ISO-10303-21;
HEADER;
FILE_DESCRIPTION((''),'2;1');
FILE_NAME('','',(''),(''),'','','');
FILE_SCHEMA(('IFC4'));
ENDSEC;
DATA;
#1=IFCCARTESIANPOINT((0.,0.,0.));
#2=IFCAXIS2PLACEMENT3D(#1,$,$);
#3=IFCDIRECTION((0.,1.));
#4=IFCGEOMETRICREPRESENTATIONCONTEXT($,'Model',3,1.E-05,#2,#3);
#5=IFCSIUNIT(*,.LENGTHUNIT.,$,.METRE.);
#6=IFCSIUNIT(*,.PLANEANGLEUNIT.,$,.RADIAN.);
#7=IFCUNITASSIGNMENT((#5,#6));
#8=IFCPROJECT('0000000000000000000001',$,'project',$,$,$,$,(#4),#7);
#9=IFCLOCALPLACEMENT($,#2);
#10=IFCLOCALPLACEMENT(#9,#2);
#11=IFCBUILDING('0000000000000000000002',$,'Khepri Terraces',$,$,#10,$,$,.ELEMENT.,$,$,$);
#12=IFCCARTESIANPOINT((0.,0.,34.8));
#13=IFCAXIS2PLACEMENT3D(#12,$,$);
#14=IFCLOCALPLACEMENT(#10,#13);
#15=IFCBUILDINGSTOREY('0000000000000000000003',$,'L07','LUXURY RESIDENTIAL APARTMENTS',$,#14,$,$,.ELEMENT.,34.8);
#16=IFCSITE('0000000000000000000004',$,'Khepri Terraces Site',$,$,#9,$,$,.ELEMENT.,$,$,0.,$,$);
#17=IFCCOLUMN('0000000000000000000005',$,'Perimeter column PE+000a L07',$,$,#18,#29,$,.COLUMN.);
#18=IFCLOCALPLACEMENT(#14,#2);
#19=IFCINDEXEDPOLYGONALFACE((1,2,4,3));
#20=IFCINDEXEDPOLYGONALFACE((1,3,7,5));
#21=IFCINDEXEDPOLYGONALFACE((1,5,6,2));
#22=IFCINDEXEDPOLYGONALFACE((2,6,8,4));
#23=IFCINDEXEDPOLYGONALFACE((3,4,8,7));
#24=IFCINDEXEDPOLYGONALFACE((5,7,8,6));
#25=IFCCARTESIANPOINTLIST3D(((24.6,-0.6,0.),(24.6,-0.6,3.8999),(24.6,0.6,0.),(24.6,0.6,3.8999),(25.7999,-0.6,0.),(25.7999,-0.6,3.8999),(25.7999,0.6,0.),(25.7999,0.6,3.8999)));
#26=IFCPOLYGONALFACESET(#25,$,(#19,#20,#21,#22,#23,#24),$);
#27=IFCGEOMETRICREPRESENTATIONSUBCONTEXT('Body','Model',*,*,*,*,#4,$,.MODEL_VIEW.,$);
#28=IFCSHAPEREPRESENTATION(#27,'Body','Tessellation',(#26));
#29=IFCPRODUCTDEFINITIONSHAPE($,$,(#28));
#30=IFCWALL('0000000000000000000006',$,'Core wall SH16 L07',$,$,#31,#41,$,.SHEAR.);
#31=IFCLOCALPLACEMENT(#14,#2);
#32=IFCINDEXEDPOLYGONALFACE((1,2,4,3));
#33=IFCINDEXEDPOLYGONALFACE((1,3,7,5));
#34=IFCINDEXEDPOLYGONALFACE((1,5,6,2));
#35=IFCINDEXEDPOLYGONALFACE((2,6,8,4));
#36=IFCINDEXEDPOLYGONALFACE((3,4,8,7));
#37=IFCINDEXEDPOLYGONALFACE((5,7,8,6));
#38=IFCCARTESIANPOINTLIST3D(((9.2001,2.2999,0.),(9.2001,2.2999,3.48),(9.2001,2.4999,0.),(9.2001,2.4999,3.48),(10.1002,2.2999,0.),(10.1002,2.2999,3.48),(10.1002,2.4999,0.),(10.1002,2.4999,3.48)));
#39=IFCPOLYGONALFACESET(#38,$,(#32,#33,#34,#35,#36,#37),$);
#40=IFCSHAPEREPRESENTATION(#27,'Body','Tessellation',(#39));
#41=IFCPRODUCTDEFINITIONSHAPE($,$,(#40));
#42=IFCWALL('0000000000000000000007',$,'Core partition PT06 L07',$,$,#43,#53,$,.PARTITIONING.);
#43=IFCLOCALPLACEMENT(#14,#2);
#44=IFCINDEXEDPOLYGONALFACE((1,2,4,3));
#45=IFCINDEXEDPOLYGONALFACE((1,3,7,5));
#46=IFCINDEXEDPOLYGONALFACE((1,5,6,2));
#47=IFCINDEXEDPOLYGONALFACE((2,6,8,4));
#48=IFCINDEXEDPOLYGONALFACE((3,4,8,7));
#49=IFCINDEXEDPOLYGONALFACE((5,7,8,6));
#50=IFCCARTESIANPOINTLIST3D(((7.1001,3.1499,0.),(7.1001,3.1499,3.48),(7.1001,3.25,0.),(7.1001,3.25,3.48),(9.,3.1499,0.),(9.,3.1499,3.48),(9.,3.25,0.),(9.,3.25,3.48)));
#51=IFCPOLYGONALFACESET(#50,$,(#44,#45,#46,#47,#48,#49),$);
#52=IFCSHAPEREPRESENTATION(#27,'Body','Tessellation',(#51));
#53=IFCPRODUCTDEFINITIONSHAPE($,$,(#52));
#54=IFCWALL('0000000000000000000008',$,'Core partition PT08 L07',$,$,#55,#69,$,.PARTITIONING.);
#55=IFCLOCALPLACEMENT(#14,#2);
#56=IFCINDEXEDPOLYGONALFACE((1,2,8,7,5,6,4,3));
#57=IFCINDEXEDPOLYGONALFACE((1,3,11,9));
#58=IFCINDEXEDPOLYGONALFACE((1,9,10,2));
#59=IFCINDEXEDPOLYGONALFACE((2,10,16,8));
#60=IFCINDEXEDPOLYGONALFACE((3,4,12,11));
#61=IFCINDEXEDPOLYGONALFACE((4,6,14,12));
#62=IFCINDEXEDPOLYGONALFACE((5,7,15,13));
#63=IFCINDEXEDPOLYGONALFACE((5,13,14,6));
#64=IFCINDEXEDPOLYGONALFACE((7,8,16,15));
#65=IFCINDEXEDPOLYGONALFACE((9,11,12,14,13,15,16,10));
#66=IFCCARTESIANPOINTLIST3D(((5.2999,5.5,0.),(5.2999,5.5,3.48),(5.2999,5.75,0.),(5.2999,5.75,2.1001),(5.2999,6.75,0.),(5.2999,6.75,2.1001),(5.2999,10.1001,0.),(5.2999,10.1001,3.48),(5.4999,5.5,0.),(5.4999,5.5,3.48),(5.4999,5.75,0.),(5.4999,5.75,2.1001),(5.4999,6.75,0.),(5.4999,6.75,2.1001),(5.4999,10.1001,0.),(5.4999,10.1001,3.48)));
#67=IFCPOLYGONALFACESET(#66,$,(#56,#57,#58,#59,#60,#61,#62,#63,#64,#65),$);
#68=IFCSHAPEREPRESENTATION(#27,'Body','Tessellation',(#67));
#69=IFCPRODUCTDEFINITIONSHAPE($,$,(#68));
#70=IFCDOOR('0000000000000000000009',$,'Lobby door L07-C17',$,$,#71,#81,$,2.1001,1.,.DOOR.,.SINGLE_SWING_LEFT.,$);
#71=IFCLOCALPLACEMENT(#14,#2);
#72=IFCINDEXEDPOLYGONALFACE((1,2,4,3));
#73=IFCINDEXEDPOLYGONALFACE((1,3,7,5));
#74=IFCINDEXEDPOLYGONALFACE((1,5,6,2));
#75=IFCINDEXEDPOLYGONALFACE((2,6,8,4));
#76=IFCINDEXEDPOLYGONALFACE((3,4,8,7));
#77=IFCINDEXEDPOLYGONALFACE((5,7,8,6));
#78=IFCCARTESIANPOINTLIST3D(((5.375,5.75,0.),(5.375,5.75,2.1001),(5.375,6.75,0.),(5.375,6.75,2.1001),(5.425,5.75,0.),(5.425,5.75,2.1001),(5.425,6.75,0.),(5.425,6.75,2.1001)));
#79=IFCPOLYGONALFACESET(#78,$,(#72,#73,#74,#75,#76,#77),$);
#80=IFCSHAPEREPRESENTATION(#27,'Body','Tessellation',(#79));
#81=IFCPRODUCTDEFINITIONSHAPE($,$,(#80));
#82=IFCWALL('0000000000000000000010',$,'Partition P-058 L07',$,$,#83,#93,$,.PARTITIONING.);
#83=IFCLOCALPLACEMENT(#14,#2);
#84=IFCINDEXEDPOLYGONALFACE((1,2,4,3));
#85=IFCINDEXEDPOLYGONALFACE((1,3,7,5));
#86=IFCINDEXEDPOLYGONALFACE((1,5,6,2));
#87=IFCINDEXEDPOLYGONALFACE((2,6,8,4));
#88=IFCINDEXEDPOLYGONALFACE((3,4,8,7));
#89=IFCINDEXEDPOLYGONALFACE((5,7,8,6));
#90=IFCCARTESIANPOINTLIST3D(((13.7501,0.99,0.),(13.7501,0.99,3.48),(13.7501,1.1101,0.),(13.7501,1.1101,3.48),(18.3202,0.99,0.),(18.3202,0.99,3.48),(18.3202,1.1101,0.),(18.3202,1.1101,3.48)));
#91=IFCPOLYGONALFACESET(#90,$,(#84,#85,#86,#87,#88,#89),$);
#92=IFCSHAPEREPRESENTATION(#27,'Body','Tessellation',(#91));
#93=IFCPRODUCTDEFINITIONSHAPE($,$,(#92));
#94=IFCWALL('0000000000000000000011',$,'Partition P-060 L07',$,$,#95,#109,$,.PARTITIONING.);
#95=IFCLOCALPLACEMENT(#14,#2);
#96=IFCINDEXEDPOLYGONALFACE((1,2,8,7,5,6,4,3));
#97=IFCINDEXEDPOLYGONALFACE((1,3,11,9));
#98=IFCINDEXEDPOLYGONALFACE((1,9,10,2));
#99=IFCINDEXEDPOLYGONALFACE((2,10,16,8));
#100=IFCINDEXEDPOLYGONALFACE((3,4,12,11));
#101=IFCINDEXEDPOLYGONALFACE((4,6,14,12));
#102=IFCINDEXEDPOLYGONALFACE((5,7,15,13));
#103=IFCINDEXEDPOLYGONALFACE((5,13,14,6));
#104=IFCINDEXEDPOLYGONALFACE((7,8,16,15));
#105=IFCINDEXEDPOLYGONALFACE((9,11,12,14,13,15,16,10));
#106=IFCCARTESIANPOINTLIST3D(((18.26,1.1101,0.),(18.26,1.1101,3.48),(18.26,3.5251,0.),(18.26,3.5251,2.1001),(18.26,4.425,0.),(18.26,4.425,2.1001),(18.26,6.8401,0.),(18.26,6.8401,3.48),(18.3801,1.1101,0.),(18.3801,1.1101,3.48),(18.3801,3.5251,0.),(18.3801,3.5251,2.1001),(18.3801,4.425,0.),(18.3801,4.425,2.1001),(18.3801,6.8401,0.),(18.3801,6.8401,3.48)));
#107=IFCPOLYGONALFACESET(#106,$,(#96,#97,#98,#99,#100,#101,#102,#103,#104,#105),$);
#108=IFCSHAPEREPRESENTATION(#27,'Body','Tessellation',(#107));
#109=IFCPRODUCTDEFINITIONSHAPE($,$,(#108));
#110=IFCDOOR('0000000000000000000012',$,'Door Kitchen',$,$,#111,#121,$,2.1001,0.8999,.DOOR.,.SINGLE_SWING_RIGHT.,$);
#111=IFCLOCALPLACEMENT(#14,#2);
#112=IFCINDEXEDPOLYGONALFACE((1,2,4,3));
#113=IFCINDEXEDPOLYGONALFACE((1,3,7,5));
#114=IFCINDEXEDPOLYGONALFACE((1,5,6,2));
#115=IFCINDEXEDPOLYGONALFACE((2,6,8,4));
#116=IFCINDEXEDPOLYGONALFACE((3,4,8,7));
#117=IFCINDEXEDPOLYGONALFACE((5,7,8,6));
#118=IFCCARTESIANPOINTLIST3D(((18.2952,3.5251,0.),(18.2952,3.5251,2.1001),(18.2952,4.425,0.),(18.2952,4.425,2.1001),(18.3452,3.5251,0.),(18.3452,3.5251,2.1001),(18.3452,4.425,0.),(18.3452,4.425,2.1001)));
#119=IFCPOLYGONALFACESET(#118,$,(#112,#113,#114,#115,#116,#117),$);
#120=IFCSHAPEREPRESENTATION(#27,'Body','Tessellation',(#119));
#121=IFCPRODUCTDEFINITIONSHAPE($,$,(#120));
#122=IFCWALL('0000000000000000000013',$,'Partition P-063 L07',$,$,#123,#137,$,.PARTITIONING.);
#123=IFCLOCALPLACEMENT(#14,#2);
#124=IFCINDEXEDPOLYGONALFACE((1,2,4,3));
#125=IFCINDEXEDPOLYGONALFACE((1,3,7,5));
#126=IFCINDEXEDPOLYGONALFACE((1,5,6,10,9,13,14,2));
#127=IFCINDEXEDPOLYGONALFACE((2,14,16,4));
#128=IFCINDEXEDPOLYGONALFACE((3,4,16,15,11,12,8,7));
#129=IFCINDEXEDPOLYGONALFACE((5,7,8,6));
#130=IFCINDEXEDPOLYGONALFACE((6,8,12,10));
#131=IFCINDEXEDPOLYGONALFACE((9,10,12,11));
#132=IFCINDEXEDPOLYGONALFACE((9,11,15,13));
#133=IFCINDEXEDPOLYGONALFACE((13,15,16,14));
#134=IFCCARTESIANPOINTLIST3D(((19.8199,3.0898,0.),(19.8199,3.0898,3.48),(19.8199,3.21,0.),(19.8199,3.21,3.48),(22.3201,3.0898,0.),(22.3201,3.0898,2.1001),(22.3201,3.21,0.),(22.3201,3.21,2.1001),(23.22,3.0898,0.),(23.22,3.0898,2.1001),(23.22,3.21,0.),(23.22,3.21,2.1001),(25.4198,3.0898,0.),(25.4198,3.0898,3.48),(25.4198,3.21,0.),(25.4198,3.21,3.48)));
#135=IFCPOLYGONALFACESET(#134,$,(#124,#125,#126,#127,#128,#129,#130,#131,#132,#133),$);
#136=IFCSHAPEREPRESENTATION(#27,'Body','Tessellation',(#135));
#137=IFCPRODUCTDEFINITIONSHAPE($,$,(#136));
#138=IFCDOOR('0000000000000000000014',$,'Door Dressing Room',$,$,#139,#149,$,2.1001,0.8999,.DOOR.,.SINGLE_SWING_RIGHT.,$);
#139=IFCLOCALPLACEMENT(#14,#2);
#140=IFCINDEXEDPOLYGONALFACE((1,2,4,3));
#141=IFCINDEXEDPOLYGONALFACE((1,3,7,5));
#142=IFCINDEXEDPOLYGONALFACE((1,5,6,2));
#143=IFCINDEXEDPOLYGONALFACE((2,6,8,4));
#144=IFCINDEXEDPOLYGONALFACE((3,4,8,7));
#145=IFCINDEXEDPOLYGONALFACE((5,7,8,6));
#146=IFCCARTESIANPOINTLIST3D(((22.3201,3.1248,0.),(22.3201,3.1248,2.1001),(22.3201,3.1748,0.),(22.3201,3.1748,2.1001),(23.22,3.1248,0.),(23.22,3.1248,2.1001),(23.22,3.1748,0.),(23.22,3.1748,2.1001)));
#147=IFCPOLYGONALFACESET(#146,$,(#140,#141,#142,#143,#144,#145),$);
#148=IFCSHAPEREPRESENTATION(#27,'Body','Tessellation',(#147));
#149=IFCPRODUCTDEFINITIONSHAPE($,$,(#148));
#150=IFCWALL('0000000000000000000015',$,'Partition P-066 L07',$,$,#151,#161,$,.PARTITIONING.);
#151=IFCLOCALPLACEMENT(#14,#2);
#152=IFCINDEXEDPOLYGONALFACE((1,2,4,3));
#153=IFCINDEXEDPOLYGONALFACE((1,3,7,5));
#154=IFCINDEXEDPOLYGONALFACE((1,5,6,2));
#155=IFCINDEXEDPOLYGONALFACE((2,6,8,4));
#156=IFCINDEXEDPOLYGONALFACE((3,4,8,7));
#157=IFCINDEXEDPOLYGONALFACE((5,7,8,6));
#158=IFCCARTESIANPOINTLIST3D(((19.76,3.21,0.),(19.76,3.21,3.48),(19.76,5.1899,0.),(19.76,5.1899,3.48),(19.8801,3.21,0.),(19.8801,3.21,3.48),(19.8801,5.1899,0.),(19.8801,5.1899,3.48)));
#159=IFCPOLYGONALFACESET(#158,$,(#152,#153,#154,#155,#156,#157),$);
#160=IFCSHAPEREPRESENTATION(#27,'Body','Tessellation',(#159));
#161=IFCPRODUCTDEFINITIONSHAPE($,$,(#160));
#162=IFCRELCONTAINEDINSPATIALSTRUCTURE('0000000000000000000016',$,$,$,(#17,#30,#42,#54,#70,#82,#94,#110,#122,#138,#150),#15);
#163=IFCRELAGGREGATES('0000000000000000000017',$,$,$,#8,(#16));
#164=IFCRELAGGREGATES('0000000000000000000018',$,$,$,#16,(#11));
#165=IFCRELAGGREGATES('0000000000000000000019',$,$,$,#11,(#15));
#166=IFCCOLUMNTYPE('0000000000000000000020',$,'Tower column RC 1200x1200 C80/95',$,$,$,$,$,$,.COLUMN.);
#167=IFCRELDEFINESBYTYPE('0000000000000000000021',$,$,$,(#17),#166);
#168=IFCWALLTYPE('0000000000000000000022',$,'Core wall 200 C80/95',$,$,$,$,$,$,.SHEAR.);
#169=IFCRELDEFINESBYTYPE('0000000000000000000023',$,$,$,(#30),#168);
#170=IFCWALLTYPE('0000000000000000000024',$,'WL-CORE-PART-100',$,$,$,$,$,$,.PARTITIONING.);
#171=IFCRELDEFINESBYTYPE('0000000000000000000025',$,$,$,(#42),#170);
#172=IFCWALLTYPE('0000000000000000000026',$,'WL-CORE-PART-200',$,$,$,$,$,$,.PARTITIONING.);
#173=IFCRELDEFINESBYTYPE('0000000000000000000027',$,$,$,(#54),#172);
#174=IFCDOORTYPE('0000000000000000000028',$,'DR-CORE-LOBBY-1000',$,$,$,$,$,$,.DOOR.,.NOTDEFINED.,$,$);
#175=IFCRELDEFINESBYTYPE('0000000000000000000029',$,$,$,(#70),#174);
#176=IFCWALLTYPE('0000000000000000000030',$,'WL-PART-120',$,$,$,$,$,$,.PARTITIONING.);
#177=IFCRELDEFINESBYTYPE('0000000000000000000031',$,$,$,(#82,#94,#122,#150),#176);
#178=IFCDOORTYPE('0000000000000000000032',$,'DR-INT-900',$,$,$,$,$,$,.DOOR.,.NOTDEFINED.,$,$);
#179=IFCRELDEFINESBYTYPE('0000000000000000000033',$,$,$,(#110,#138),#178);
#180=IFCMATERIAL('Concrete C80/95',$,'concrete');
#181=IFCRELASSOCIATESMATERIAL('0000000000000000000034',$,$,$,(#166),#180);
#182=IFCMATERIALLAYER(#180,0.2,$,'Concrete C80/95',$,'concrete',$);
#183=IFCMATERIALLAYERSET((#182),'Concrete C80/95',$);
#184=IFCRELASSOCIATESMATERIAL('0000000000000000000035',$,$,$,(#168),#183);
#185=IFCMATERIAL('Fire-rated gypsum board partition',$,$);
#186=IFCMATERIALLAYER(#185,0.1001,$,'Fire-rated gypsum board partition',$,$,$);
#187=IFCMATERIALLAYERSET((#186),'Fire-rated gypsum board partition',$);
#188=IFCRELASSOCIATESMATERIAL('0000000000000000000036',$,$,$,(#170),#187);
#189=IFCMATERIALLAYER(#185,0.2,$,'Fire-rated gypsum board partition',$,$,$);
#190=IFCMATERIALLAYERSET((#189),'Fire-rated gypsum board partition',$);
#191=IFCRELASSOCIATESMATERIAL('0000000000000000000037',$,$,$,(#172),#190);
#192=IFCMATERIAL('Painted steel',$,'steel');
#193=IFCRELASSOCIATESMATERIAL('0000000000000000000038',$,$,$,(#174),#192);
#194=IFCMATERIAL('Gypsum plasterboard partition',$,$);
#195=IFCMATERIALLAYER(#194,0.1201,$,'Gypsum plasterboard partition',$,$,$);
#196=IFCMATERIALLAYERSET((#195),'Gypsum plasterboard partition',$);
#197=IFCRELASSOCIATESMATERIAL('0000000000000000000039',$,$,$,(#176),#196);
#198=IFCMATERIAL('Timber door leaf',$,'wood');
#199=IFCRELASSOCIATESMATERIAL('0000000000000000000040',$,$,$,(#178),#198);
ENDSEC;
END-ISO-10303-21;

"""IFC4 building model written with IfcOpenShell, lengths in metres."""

from ifc_helpers import new_model, si_unit, direction, frame, frame_2d, origin, origin_2d, place, context, subcontext, project, spatial, rectangle, extrude, material, layer, layer_set, material_profile, profile_set, type_object, element, fill, save


model = new_model("IFC4")

# Units and contexts
model_context = context("Model", 3, precision=1e-05, world=origin(), true_north=direction((0.0, 1.0)))
body_context = subcontext(model_context, "Body", "Model", "MODEL_VIEW")
ifc_project = project(units=[si_unit("LENGTHUNIT", "METRE"), si_unit("PLANEANGLEUNIT", "RADIAN")], contexts=[model_context])

# Site, building, storey
site_placement = place(None, origin())
site = spatial("IfcSite", under=ifc_project, at=site_placement, Name="Khepri Terraces Site", CompositionType="ELEMENT", RefElevation=0.0)
building_placement = place(site_placement, origin())
building = spatial("IfcBuilding", under=site, at=building_placement, Name="Khepri Terraces", CompositionType="ELEMENT")
storey_placement = place(building_placement, frame((0.0, 0.0, 34.8)))
storey = spatial("IfcBuildingStorey", under=building, at=storey_placement, Name="L07", Description="LUXURY RESIDENTIAL APARTMENTS", CompositionType="ELEMENT", Elevation=34.8)

# Column
ifc_material_1 = material(Name="Concrete C80/95", Category="concrete")
ifc_material_profile = material_profile(ifc_material_1, rectangle(XDim=1.2, YDim=1.2, at=origin_2d()), Name="Concrete C80/95", Category="concrete")
ifc_profile_set = profile_set([ifc_material_profile], Name="Concrete C80/95")
column_type = type_object("IfcColumnType", Name="Tower column RC 1200x1200 C80/95", PredefinedType="COLUMN", material=ifc_profile_set)
column_placement = place(storey_placement, frame((25.2, 0.0, 0.0), z_axis=(0.0, 0.0, 1.0), x_axis=(1.0, 0.0, 0.0)))
element("IfcColumn", 1, at=column_placement, inside=storey, type_object=column_type, Name="Perimeter column PE+000a L07", PredefinedType="COLUMN", context=body_context, shape_type="SweptSolid", body=[
    extrude(rectangle(XDim=1.2, YDim=1.2, at=origin_2d()), origin(), (0.0, 0.0, 1.0), 3.8999),
])

# Walls
ifc_layer_1 = layer(ifc_material_1, 0.2, Name="Concrete C80/95", Category="concrete")
ifc_layer_set_1 = layer_set([ifc_layer_1], Name="Concrete C80/95")
wall_type_1 = type_object("IfcWallType", Name="Core wall 200 C80/95", PredefinedType="SHEAR", material=ifc_layer_set_1)
wall_1_placement = place(storey_placement, frame((9.2, 2.3999, 0.0), z_axis=(0.0, 0.0, 1.0), x_axis=(1.0, 0.0, 0.0)))
element("IfcWall", 2, at=wall_1_placement, inside=storey, type_object=wall_type_1, Name="Core wall SH16 L07", PredefinedType="SHEAR", context=body_context, shape_type="SweptSolid", body=[
    extrude(rectangle(XDim=0.9001, YDim=0.2, at=frame_2d((0.4502, 0.0))), origin(), (0.0, 0.0, 1.0), 3.48),
])
ifc_material_2 = material(Name="Fire-rated gypsum board partition")
ifc_layer_2 = layer(ifc_material_2, 0.1001, Name="Fire-rated gypsum board partition")
ifc_layer_set_2 = layer_set([ifc_layer_2], Name="Fire-rated gypsum board partition")
wall_type_2 = type_object("IfcWallType", Name="WL-CORE-PART-100", PredefinedType="PARTITIONING", material=ifc_layer_set_2)
wall_2_placement = place(storey_placement, frame((7.1001, 3.2, 0.0), z_axis=(0.0, 0.0, 1.0), x_axis=(1.0, 0.0, 0.0)))
element("IfcWall", 3, at=wall_2_placement, inside=storey, type_object=wall_type_2, Name="Core partition PT06 L07", PredefinedType="PARTITIONING", context=body_context, shape_type="SweptSolid", body=[
    extrude(rectangle(XDim=1.8999, YDim=0.1001, at=frame_2d((0.95, 0.0))), origin(), (0.0, 0.0, 1.0), 3.48),
])

# Wall, opening, door
ifc_layer_3 = layer(ifc_material_2, 0.2, Name="Fire-rated gypsum board partition")
ifc_layer_set_3 = layer_set([ifc_layer_3], Name="Fire-rated gypsum board partition")
wall_type_3 = type_object("IfcWallType", Name="WL-CORE-PART-200", PredefinedType="PARTITIONING", material=ifc_layer_set_3)
wall_3_placement = place(storey_placement, frame((5.3999, 5.5, 0.0), z_axis=(0.0, 0.0, 1.0), x_axis=(0.0, 1.0, 0.0)))
wall_3 = element("IfcWall", 4, at=wall_3_placement, inside=storey, type_object=wall_type_3, Name="Core partition PT08 L07", PredefinedType="PARTITIONING", context=body_context, shape_type="SweptSolid", body=[
    extrude(rectangle(XDim=4.6001, YDim=0.2, at=frame_2d((2.3, 0.0))), origin(), (0.0, 0.0, 1.0), 3.48),
])
opening_1_placement = place(wall_3_placement, frame((0.25, 0.0, 0.0)))
opening_1 = element("IfcOpeningElement", 5, at=opening_1_placement, cuts=wall_3, PredefinedType="OPENING", context=body_context, shape_type="SweptSolid", body=[
    extrude(rectangle(XDim=1.0, YDim=2.1001, at=frame_2d((0.5, 1.05))), frame((0.0, 0.1099, 0.0), z_axis=(0.0, -1.0, 0.0), x_axis=(1.0, 0.0, 0.0)), (0.0, 0.0, 1.0), 0.22),
])
ifc_material_3 = material(Name="Painted steel", Category="steel")
door_type_1 = type_object("IfcDoorType", Name="DR-CORE-LOBBY-1000", OperationType="NOTDEFINED", PredefinedType="DOOR", material=ifc_material_3)
door_1_placement = place(opening_1_placement, origin())
door_1 = element("IfcDoor", 6, at=door_1_placement, inside=storey, type_object=door_type_1, Name="Lobby door L07-C17", OperationType="SINGLE_SWING_LEFT", OverallHeight=2.1001, OverallWidth=1.0, PredefinedType="DOOR", context=body_context, shape_type="SweptSolid", body=[
    extrude(rectangle(XDim=1.0, YDim=2.1001, at=frame_2d((0.5, 1.05))), frame((0.0, 0.0249, 0.0), z_axis=(0.0, -1.0, 0.0), x_axis=(1.0, 0.0, 0.0)), (0.0, 0.0, 1.0), 0.05),
])
fill(opening_1, door_1)

# Wall
ifc_material_4 = material(Name="Gypsum plasterboard partition")
ifc_layer_4 = layer(ifc_material_4, 0.1201, Name="Gypsum plasterboard partition")
ifc_layer_set_4 = layer_set([ifc_layer_4], Name="Gypsum plasterboard partition")
wall_type_4 = type_object("IfcWallType", Name="WL-PART-120", PredefinedType="PARTITIONING", material=ifc_layer_set_4)
wall_4_placement = place(storey_placement, frame((13.75, 1.05, 0.0), z_axis=(0.0, 0.0, 1.0), x_axis=(1.0, 0.0, 0.0)))
element("IfcWall", 7, at=wall_4_placement, inside=storey, type_object=wall_type_4, Name="Partition P-058 L07", PredefinedType="PARTITIONING", context=body_context, shape_type="SweptSolid", body=[
    extrude(rectangle(XDim=4.5701, YDim=0.1201, at=frame_2d((2.2852, 0.0))), origin(), (0.0, 0.0, 1.0), 3.48),
])

# Walls, openings, doors
wall_5_placement = place(storey_placement, frame((18.3201, 1.1101, 0.0), z_axis=(0.0, 0.0, 1.0), x_axis=(0.0, 1.0, 0.0)))
wall_5 = element("IfcWall", 8, at=wall_5_placement, inside=storey, type_object=wall_type_4, Name="Partition P-060 L07", PredefinedType="PARTITIONING", context=body_context, shape_type="SweptSolid", body=[
    extrude(rectangle(XDim=5.73, YDim=0.1201, at=frame_2d((2.865, 0.0))), origin(), (0.0, 0.0, 1.0), 3.48),
])
opening_2_placement = place(wall_5_placement, frame((2.415, 0.0, 0.0)))
opening_2 = element("IfcOpeningElement", 9, at=opening_2_placement, cuts=wall_5, PredefinedType="OPENING", context=body_context, shape_type="SweptSolid", body=[
    extrude(rectangle(XDim=0.8999, YDim=2.1001, at=frame_2d((0.45, 1.05))), frame((0.0, 0.0701, 0.0), z_axis=(0.0, -1.0, 0.0), x_axis=(1.0, 0.0, 0.0)), (0.0, 0.0, 1.0), 0.1401),
])
ifc_material_5 = material(Name="Timber door leaf", Category="wood")
door_type_2 = type_object("IfcDoorType", Name="DR-INT-900", OperationType="NOTDEFINED", PredefinedType="DOOR", material=ifc_material_5)
door_2_placement = place(opening_2_placement, origin())
door_2 = element("IfcDoor", 10, at=door_2_placement, inside=storey, type_object=door_type_2, Name="Door Kitchen", OperationType="SINGLE_SWING_RIGHT", OverallHeight=2.1001, OverallWidth=0.8999, PredefinedType="DOOR", context=body_context, shape_type="SweptSolid", body=[
    extrude(rectangle(XDim=0.8999, YDim=2.1001, at=frame_2d((0.45, 1.05))), frame((0.0, 0.0249, 0.0), z_axis=(0.0, -1.0, 0.0), x_axis=(1.0, 0.0, 0.0)), (0.0, 0.0, 1.0), 0.05),
])
fill(opening_2, door_2)
wall_6_placement = place(storey_placement, frame((19.8201, 3.1499, 0.0), z_axis=(0.0, 0.0, 1.0), x_axis=(1.0, 0.0, 0.0)))
wall_6 = element("IfcWall", 11, at=wall_6_placement, inside=storey, type_object=wall_type_4, Name="Partition P-063 L07", PredefinedType="PARTITIONING", context=body_context, shape_type="SweptSolid", body=[
    extrude(rectangle(XDim=5.5999, YDim=0.1201, at=frame_2d((2.7998, 0.0))), origin(), (0.0, 0.0, 1.0), 3.48),
])
opening_3_placement = place(wall_6_placement, frame((2.5, 0.0, 0.0)))
opening_3 = element("IfcOpeningElement", 12, at=opening_3_placement, cuts=wall_6, PredefinedType="OPENING", context=body_context, shape_type="SweptSolid", body=[
    extrude(rectangle(XDim=0.8999, YDim=2.1001, at=frame_2d((0.45, 1.05))), frame((0.0, 0.0701, 0.0), z_axis=(0.0, -1.0, 0.0), x_axis=(1.0, 0.0, 0.0)), (0.0, 0.0, 1.0), 0.1401),
])
door_3_placement = place(opening_3_placement, origin())
door_3 = element("IfcDoor", 13, at=door_3_placement, inside=storey, type_object=door_type_2, Name="Door Dressing Room", OperationType="SINGLE_SWING_RIGHT", OverallHeight=2.1001, OverallWidth=0.8999, PredefinedType="DOOR", context=body_context, shape_type="SweptSolid", body=[
    extrude(rectangle(XDim=0.8999, YDim=2.1001, at=frame_2d((0.45, 1.05))), frame((0.0, 0.0249, 0.0), z_axis=(0.0, -1.0, 0.0), x_axis=(1.0, 0.0, 0.0)), (0.0, 0.0, 1.0), 0.05),
])
fill(opening_3, door_3)

# Wall
wall_7_placement = place(storey_placement, frame((19.8201, 3.21, 0.0), z_axis=(0.0, 0.0, 1.0), x_axis=(0.0, 1.0, 0.0)))
element("IfcWall", 14, at=wall_7_placement, inside=storey, type_object=wall_type_4, Name="Partition P-066 L07", PredefinedType="PARTITIONING", context=body_context, shape_type="SweptSolid", body=[
    extrude(rectangle(XDim=1.98, YDim=0.1201, at=frame_2d((0.99, 0.0))), origin(), (0.0, 0.0, 1.0), 3.48),
])

save(model, "model.ifc")
